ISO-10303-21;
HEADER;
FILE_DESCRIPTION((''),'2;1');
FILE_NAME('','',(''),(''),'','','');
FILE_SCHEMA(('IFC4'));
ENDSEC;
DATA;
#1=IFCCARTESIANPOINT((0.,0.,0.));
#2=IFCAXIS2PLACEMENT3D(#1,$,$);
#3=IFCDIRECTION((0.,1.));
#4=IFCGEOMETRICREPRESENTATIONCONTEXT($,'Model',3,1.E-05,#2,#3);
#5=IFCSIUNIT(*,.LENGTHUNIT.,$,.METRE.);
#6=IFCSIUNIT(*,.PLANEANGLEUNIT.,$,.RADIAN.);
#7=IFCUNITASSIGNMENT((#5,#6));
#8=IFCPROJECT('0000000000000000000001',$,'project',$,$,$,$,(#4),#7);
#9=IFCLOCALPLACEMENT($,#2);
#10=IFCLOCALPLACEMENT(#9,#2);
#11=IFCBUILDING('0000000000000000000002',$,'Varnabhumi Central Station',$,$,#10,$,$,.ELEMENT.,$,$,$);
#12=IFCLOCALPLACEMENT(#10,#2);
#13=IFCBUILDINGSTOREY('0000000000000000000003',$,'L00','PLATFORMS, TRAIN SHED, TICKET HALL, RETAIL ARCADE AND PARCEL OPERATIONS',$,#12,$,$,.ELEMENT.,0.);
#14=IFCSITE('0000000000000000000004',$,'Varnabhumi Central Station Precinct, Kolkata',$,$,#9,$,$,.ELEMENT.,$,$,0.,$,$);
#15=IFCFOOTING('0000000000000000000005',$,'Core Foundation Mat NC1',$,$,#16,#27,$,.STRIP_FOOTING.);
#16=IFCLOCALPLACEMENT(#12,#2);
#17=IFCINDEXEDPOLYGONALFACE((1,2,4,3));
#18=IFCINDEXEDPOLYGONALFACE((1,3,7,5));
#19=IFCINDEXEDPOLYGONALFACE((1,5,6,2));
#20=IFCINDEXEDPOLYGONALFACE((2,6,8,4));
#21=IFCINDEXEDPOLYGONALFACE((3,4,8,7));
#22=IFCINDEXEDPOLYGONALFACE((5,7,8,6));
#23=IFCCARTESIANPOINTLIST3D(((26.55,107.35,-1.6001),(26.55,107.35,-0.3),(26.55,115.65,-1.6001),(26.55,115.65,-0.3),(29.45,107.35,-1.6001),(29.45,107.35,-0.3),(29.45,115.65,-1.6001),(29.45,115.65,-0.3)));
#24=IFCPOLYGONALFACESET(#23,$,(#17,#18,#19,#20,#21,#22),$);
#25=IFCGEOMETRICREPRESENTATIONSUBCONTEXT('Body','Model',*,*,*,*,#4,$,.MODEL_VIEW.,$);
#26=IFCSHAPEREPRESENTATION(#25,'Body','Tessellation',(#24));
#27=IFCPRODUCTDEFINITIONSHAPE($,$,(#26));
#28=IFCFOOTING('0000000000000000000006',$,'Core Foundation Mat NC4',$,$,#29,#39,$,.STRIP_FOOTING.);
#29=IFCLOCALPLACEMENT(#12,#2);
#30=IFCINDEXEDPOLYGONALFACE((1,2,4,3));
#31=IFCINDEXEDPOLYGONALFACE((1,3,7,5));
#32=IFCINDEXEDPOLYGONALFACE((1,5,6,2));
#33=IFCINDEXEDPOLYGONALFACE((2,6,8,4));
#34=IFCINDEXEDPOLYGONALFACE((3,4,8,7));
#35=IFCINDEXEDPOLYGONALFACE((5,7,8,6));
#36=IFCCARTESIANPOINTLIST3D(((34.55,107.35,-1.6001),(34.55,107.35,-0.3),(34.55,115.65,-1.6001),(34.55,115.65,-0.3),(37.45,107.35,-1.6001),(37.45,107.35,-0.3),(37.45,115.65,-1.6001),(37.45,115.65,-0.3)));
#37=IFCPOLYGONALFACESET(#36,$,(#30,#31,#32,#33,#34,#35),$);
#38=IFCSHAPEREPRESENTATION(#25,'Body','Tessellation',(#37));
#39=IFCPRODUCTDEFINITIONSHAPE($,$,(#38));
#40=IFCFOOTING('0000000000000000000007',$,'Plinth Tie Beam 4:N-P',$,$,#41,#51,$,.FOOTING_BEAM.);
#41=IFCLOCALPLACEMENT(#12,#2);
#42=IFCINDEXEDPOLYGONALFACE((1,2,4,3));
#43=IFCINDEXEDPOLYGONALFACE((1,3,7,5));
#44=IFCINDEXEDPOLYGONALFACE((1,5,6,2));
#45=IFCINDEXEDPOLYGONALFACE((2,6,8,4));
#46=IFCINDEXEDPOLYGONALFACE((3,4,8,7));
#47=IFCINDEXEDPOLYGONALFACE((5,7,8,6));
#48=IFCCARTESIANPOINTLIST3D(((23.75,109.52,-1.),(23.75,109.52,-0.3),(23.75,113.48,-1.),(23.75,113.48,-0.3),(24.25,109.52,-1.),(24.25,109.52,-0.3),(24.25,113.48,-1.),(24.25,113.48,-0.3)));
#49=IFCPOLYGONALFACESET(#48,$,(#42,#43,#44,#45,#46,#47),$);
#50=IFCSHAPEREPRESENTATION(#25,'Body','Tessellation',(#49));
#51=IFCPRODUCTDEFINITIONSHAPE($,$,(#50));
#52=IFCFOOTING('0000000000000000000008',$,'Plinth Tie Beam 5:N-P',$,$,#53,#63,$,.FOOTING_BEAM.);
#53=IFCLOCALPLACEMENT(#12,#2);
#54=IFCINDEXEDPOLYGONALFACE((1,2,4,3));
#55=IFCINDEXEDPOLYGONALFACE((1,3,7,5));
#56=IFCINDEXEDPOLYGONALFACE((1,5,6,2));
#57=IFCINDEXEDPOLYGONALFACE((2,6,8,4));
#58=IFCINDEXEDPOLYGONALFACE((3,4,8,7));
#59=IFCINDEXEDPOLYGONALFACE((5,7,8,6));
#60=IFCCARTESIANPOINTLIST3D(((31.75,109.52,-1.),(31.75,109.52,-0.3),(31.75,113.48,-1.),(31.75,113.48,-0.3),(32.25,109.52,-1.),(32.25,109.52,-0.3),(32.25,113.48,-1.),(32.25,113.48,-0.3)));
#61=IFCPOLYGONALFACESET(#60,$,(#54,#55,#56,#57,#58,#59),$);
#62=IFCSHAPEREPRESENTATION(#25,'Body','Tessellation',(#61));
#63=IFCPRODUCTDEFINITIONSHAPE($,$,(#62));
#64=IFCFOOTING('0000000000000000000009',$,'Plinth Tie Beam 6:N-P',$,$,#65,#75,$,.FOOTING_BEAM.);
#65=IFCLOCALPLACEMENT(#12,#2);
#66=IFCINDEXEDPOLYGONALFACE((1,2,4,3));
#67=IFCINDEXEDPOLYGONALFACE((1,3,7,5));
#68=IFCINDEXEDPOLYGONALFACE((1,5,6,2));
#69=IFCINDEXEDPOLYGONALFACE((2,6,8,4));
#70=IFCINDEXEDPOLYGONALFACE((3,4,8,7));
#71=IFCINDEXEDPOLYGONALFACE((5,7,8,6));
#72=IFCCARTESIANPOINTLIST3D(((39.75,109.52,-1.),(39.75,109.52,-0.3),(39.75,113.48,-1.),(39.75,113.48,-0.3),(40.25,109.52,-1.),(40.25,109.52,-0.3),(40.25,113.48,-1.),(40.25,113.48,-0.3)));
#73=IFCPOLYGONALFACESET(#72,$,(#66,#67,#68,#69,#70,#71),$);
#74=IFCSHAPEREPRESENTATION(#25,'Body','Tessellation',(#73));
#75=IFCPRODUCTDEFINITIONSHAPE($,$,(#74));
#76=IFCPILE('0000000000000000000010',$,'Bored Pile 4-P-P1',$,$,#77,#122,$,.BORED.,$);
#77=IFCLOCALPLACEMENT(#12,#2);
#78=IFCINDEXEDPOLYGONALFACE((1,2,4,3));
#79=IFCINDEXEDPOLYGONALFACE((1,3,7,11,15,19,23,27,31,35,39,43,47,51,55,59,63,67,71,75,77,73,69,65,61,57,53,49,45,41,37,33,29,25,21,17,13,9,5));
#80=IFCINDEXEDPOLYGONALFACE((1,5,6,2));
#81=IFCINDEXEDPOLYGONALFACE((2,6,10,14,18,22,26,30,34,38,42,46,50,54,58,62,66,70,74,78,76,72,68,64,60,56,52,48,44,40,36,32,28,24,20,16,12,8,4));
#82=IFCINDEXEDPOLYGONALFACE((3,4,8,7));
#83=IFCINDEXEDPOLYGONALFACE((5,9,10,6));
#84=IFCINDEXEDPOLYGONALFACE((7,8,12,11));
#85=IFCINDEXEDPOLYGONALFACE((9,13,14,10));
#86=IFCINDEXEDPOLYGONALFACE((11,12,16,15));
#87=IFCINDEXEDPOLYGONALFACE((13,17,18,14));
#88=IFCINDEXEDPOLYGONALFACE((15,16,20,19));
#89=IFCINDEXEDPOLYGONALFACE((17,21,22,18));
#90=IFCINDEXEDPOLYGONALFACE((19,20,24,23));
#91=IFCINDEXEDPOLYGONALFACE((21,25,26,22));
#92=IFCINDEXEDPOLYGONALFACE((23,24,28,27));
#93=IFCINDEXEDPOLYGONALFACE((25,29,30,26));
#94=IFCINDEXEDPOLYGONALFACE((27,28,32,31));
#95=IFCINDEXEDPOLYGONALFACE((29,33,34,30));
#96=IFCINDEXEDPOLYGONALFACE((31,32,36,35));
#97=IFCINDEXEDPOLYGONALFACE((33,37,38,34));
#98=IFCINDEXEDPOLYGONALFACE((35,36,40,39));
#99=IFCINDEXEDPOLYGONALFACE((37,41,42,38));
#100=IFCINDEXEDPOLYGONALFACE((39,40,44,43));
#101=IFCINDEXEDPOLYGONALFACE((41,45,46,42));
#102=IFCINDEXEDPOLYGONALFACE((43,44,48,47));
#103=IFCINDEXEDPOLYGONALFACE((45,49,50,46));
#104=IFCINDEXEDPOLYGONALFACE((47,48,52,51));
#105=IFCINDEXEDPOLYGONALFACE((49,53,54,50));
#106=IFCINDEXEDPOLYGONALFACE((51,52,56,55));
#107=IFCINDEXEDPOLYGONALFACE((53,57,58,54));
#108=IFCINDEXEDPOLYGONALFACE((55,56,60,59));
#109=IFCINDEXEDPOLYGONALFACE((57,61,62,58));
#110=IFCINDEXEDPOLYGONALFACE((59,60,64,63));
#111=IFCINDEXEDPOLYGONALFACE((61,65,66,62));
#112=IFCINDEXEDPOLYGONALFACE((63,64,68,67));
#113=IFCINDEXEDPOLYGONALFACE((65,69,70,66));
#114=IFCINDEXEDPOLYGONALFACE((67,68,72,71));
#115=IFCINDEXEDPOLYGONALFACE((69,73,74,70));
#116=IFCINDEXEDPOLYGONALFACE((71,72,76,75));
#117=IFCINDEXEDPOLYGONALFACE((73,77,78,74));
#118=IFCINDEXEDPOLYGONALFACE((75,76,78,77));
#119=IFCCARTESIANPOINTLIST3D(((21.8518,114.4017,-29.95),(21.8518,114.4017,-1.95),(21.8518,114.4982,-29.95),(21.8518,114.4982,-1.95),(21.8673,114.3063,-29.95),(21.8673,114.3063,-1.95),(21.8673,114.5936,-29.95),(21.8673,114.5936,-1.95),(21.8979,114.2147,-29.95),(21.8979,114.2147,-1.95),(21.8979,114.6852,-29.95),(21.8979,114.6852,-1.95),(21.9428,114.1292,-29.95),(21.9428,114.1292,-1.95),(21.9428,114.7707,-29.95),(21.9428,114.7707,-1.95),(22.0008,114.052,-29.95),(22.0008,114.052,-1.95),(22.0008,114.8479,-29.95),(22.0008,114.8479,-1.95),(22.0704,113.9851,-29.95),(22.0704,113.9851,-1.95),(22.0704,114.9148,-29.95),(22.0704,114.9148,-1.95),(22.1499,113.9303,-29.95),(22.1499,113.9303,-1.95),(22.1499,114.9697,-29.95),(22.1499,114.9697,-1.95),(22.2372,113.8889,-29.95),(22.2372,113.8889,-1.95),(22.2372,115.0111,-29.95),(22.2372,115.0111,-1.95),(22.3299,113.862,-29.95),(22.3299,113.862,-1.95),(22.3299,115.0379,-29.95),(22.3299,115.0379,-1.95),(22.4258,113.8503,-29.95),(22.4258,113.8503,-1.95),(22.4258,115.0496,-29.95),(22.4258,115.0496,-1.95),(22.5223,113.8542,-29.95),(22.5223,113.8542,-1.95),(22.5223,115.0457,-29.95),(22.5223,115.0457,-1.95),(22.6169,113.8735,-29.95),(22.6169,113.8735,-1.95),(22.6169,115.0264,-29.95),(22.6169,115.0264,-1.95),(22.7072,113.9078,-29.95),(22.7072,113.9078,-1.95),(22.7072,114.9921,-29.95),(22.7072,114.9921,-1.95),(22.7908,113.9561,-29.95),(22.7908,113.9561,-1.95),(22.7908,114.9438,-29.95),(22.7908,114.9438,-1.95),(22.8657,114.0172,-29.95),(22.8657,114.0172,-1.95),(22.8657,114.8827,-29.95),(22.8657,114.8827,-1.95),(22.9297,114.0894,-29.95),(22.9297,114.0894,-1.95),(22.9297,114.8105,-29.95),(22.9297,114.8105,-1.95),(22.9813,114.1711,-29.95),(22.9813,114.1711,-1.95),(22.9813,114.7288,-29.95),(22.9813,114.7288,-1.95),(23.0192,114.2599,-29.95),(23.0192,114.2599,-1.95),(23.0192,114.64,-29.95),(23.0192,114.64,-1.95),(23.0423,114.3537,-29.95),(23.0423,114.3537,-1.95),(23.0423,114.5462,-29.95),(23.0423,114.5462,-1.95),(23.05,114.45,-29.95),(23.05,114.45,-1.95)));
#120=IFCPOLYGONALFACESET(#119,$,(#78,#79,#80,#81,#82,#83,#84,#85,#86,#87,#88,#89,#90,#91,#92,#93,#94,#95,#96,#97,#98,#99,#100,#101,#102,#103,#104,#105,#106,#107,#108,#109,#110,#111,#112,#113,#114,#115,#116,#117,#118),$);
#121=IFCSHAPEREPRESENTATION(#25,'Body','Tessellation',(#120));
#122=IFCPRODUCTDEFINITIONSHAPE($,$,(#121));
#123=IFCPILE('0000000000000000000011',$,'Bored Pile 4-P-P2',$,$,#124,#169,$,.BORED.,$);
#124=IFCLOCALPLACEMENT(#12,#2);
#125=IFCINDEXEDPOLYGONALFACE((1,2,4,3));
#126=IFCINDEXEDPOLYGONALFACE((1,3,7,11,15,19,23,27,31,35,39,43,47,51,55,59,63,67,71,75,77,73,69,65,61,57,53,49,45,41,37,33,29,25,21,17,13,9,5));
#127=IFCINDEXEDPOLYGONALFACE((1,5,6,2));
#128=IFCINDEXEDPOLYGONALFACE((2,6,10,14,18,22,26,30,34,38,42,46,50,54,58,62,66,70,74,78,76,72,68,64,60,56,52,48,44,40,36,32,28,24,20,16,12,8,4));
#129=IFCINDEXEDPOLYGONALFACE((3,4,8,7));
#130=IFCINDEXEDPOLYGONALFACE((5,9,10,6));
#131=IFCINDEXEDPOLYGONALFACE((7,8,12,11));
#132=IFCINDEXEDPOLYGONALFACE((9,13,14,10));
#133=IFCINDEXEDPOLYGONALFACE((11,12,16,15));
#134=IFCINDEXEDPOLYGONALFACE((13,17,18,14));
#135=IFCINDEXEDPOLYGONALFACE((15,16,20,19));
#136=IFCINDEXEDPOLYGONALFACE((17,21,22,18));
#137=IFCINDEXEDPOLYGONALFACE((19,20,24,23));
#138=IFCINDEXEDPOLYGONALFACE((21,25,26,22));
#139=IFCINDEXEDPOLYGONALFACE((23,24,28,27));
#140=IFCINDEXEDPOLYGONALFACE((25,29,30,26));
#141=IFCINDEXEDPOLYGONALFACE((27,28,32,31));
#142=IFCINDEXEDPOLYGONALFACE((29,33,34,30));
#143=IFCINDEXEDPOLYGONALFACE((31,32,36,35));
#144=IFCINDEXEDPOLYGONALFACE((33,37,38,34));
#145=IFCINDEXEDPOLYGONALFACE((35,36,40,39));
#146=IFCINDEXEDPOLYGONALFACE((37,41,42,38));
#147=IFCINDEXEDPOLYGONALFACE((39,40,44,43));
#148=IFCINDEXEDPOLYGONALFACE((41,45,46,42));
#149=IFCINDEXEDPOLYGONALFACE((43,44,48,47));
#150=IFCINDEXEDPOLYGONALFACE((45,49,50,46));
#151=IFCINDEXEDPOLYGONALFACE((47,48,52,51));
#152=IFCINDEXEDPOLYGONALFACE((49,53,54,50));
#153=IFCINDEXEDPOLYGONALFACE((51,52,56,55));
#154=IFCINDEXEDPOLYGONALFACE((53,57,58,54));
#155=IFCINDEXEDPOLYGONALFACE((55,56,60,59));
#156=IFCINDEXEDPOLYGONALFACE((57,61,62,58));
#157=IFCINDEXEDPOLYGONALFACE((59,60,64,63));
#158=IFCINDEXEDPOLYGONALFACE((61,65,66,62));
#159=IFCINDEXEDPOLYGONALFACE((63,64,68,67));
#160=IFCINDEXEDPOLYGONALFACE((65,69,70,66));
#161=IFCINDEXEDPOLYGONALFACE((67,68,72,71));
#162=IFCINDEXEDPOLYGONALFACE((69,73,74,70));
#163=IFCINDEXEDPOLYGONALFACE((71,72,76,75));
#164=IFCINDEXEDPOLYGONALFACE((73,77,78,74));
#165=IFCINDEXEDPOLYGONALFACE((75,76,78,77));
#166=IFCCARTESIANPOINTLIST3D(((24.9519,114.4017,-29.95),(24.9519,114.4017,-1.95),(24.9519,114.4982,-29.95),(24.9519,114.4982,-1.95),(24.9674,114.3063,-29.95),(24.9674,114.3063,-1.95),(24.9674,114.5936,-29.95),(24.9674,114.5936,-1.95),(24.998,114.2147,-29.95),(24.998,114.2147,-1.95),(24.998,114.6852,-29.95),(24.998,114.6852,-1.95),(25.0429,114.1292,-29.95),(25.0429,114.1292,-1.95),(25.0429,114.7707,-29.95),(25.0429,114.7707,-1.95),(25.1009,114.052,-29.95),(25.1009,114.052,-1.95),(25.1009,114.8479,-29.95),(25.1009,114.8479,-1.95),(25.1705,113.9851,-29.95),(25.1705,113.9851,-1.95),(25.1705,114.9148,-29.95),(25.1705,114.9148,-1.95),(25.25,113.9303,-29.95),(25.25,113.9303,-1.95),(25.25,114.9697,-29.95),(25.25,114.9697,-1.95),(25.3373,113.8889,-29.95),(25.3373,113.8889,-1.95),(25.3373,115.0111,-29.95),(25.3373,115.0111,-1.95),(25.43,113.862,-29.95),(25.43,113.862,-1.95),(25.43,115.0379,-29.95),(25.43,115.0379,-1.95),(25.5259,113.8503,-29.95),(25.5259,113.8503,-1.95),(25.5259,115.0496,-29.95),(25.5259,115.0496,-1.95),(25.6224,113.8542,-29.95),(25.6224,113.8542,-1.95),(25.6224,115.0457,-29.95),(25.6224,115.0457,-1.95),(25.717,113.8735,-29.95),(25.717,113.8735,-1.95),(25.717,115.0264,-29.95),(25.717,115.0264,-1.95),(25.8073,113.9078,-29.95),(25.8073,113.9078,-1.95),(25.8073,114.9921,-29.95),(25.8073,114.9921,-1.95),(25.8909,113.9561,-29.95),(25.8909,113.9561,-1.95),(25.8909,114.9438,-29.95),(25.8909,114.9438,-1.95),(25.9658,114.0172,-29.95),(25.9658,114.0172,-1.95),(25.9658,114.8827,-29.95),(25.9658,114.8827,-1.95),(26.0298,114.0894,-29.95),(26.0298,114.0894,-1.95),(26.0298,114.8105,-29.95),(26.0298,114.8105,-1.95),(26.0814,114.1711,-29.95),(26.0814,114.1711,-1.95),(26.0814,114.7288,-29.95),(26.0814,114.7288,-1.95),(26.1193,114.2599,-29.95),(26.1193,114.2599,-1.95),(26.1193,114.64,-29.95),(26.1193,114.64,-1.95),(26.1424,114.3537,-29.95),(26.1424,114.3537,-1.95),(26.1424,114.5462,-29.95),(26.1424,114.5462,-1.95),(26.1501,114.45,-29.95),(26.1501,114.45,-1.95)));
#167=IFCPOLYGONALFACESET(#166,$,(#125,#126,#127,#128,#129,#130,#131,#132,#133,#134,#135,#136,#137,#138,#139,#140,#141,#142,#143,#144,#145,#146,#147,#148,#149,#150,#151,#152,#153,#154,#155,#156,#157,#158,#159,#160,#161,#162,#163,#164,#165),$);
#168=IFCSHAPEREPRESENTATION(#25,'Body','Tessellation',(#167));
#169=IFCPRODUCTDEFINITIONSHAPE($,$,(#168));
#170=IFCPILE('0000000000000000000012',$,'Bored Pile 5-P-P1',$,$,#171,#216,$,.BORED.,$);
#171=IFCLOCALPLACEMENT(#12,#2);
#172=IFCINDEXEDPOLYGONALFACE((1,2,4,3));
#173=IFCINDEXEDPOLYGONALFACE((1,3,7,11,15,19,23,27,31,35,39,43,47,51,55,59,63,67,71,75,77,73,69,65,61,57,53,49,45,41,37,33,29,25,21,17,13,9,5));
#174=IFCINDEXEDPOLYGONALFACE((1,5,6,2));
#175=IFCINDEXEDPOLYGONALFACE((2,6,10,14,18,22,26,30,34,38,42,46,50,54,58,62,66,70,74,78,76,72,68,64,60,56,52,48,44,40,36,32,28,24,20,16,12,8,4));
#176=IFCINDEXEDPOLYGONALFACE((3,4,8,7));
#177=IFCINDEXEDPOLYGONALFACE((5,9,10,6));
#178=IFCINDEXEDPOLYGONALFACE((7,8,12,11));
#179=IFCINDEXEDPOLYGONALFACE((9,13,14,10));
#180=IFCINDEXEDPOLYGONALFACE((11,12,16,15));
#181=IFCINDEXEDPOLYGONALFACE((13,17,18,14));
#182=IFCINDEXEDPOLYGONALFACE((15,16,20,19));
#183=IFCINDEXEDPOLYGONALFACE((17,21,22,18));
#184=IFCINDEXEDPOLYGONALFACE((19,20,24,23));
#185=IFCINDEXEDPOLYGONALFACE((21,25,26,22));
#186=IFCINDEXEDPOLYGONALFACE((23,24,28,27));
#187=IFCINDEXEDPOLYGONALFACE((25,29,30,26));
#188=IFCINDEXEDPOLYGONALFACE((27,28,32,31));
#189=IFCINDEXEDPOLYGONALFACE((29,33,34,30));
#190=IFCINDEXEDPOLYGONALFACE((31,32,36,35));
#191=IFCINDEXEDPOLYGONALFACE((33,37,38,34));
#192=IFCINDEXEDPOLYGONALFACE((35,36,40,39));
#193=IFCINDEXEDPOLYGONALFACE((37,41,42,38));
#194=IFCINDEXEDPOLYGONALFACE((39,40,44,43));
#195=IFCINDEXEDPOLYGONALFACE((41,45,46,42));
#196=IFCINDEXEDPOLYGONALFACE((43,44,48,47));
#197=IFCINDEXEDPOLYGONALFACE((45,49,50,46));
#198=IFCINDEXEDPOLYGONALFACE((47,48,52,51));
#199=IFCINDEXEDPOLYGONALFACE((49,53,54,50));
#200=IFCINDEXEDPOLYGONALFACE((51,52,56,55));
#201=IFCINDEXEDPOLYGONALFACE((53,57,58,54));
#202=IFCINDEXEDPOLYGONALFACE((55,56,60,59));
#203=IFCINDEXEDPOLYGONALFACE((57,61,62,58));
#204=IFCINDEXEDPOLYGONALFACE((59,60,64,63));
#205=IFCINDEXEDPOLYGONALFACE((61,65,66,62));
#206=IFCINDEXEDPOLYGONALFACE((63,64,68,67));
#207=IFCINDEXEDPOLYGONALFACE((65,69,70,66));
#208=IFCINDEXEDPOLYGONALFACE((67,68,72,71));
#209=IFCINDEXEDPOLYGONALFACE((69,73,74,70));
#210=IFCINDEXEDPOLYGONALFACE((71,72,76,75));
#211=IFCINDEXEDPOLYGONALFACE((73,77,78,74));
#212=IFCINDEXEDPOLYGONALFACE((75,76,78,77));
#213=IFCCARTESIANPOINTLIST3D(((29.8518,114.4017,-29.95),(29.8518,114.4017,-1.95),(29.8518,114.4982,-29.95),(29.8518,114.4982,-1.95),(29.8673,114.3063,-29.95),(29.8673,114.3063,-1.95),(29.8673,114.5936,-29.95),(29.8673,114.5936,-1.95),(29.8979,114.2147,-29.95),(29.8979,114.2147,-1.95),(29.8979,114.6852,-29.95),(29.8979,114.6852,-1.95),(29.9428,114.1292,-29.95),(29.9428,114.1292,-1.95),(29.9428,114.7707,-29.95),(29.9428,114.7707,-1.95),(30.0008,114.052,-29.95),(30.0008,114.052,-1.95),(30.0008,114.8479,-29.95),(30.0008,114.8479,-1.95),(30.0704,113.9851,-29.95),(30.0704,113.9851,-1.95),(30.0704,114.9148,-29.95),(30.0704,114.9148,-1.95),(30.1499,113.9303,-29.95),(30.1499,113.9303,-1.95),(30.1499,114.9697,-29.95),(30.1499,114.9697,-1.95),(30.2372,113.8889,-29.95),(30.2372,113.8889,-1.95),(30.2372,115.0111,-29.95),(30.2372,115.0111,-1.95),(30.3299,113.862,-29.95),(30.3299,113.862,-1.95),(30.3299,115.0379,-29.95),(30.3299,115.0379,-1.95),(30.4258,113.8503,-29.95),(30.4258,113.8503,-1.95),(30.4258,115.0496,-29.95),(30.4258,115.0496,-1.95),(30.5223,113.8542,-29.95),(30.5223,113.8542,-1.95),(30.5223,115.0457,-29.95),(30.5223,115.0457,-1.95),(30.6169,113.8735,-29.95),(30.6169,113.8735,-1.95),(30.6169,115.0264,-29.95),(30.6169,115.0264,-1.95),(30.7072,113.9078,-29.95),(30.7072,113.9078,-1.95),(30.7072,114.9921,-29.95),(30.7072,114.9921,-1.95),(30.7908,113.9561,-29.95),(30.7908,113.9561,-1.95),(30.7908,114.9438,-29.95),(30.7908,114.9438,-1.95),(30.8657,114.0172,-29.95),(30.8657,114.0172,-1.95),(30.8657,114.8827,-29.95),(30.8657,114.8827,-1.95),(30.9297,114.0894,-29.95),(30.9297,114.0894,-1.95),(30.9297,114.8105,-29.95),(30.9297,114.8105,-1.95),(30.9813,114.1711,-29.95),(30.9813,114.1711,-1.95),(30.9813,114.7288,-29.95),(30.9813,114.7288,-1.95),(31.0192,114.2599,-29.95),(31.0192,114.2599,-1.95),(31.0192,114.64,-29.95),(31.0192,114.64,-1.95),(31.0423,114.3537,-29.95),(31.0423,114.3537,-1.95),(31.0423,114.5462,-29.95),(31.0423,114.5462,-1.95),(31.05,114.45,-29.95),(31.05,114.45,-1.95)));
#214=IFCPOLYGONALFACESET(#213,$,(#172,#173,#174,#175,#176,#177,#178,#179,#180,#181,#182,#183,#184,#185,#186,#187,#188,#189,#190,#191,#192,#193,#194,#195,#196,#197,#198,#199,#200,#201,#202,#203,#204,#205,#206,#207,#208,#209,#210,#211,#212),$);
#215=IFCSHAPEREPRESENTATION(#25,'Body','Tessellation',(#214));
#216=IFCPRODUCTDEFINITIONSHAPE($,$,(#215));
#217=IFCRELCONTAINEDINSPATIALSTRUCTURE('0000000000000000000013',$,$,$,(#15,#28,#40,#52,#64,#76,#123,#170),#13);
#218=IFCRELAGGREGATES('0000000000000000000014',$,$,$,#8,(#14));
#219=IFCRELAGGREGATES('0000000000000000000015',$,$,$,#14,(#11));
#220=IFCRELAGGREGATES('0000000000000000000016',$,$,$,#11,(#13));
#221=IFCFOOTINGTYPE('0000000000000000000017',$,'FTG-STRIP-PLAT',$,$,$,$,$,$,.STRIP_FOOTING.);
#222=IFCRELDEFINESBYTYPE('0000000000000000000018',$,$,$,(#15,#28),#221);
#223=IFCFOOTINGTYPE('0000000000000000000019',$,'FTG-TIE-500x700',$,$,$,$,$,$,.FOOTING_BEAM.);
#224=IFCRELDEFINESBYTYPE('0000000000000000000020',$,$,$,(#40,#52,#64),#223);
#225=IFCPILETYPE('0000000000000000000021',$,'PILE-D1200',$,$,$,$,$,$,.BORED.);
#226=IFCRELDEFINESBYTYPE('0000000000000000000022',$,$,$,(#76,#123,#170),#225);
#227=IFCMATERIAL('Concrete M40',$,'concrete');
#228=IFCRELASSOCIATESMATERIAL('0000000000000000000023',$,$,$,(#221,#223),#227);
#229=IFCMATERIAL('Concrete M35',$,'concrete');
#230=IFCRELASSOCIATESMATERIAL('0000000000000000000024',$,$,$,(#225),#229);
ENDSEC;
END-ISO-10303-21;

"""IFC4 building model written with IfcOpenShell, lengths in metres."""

from ifc_helpers import new_model, si_unit, direction, frame, origin, origin_2d, place, context, subcontext, project, spatial, rectangle, circle, extrude, material, material_profile, profile_set, type_object, element, save


model = new_model("IFC4")

# Units and contexts
model_context = context("Model", 3, precision=1e-05, world=origin(), true_north=direction((0.0, 1.0)))
body_context = subcontext(model_context, "Body", "Model", "MODEL_VIEW")
ifc_project = project(units=[si_unit("LENGTHUNIT", "METRE"), si_unit("PLANEANGLEUNIT", "RADIAN")], contexts=[model_context])

# Site, building, storey
site_placement = place(None, origin())
site = spatial("IfcSite", under=ifc_project, at=site_placement, Name="Varnabhumi Central Station Precinct, Kolkata", CompositionType="ELEMENT", RefElevation=0.0)
building_placement = place(site_placement, origin())
building = spatial("IfcBuilding", under=site, at=building_placement, Name="Varnabhumi Central Station", CompositionType="ELEMENT")
storey_placement = place(building_placement, origin())
storey = spatial("IfcBuildingStorey", under=building, at=storey_placement, Name="L00", Description="PLATFORMS, TRAIN SHED, TICKET HALL, RETAIL ARCADE AND PARCEL OPERATIONS", CompositionType="ELEMENT", Elevation=0.0)

# Footings
ifc_material_1 = material(Name="Concrete M40", Category="concrete")
footing_type_1 = type_object("IfcFootingType", Name="FTG-STRIP-PLAT", PredefinedType="STRIP_FOOTING", material=ifc_material_1)
for number, where, z_axis, x_axis, name in (
    (1, (28.0, 111.5, -1.6001), (0.0, 0.0, 1.0), (1.0, 0.0, 0.0), "Core Foundation Mat NC1"),
    (2, (36.0, 111.5, -1.6001), (0.0, 0.0, 1.0), (1.0, 0.0, 0.0), "Core Foundation Mat NC4"),
):
    element("IfcFooting", number, at=place(storey_placement, frame(where, z_axis=z_axis, x_axis=x_axis)), inside=storey, type_object=footing_type_1, Name=name, PredefinedType="STRIP_FOOTING", context=body_context, shape_type="SweptSolid", body=[
        extrude(rectangle(XDim=2.8999, YDim=8.3, at=origin_2d()), origin(), (0.0, 0.0, 1.0), 1.3),
    ])
footing_type_2 = type_object("IfcFootingType", Name="FTG-TIE-500x700", PredefinedType="FOOTING_BEAM", material=ifc_material_1)
for number, where, z_axis, x_axis, name in (
    (3, (24.0, 111.5, -1.0), (0.0, 0.0, 1.0), (1.0, 0.0, 0.0), "Plinth Tie Beam 4:N-P"),
    (4, (32.0, 111.5, -1.0), (0.0, 0.0, 1.0), (1.0, 0.0, 0.0), "Plinth Tie Beam 5:N-P"),
    (5, (40.0, 111.5, -1.0), (0.0, 0.0, 1.0), (1.0, 0.0, 0.0), "Plinth Tie Beam 6:N-P"),
):
    element("IfcFooting", number, at=place(storey_placement, frame(where, z_axis=z_axis, x_axis=x_axis)), inside=storey, type_object=footing_type_2, Name=name, PredefinedType="FOOTING_BEAM", context=body_context, shape_type="SweptSolid", body=[
        extrude(rectangle(XDim=0.5, YDim=3.96, at=origin_2d()), origin(), (0.0, 0.0, 1.0), 0.7),
    ])

# Piles
ifc_material_2 = material(Name="Concrete M35", Category="concrete")
ifc_material_profile_1 = material_profile(ifc_material_2, circle(Radius=0.6001, at=origin_2d()), Name="Concrete M35", Category="concrete")
ifc_profile_set_1 = profile_set([ifc_material_profile_1], Name="Concrete M35")
pile_type = type_object("IfcPileType", Name="PILE-D1200", PredefinedType="BORED", material=ifc_profile_set_1)
for number, where, z_axis, x_axis, name in (
    (6, (22.45, 114.45, -1.95), (0.0, 0.0, -1.0), (1.0, 0.0, 0.0), "Bored Pile 4-P-P1"),
    (7, (25.55, 114.45, -1.95), (0.0, 0.0, -1.0), (1.0, 0.0, 0.0), "Bored Pile 4-P-P2"),
    (8, (30.45, 114.45, -1.95), (0.0, 0.0, -1.0), (1.0, 0.0, 0.0), "Bored Pile 5-P-P1"),
):
    element("IfcPile", number, at=place(storey_placement, frame(where, z_axis=z_axis, x_axis=x_axis)), inside=storey, type_object=pile_type, Name=name, PredefinedType="BORED", context=body_context, shape_type="SweptSolid", body=[
        extrude(circle(Radius=0.6001, at=origin_2d()), origin(), (0.0, 0.0, 1.0), 28.0),
    ])

save(model, "model.ifc")
